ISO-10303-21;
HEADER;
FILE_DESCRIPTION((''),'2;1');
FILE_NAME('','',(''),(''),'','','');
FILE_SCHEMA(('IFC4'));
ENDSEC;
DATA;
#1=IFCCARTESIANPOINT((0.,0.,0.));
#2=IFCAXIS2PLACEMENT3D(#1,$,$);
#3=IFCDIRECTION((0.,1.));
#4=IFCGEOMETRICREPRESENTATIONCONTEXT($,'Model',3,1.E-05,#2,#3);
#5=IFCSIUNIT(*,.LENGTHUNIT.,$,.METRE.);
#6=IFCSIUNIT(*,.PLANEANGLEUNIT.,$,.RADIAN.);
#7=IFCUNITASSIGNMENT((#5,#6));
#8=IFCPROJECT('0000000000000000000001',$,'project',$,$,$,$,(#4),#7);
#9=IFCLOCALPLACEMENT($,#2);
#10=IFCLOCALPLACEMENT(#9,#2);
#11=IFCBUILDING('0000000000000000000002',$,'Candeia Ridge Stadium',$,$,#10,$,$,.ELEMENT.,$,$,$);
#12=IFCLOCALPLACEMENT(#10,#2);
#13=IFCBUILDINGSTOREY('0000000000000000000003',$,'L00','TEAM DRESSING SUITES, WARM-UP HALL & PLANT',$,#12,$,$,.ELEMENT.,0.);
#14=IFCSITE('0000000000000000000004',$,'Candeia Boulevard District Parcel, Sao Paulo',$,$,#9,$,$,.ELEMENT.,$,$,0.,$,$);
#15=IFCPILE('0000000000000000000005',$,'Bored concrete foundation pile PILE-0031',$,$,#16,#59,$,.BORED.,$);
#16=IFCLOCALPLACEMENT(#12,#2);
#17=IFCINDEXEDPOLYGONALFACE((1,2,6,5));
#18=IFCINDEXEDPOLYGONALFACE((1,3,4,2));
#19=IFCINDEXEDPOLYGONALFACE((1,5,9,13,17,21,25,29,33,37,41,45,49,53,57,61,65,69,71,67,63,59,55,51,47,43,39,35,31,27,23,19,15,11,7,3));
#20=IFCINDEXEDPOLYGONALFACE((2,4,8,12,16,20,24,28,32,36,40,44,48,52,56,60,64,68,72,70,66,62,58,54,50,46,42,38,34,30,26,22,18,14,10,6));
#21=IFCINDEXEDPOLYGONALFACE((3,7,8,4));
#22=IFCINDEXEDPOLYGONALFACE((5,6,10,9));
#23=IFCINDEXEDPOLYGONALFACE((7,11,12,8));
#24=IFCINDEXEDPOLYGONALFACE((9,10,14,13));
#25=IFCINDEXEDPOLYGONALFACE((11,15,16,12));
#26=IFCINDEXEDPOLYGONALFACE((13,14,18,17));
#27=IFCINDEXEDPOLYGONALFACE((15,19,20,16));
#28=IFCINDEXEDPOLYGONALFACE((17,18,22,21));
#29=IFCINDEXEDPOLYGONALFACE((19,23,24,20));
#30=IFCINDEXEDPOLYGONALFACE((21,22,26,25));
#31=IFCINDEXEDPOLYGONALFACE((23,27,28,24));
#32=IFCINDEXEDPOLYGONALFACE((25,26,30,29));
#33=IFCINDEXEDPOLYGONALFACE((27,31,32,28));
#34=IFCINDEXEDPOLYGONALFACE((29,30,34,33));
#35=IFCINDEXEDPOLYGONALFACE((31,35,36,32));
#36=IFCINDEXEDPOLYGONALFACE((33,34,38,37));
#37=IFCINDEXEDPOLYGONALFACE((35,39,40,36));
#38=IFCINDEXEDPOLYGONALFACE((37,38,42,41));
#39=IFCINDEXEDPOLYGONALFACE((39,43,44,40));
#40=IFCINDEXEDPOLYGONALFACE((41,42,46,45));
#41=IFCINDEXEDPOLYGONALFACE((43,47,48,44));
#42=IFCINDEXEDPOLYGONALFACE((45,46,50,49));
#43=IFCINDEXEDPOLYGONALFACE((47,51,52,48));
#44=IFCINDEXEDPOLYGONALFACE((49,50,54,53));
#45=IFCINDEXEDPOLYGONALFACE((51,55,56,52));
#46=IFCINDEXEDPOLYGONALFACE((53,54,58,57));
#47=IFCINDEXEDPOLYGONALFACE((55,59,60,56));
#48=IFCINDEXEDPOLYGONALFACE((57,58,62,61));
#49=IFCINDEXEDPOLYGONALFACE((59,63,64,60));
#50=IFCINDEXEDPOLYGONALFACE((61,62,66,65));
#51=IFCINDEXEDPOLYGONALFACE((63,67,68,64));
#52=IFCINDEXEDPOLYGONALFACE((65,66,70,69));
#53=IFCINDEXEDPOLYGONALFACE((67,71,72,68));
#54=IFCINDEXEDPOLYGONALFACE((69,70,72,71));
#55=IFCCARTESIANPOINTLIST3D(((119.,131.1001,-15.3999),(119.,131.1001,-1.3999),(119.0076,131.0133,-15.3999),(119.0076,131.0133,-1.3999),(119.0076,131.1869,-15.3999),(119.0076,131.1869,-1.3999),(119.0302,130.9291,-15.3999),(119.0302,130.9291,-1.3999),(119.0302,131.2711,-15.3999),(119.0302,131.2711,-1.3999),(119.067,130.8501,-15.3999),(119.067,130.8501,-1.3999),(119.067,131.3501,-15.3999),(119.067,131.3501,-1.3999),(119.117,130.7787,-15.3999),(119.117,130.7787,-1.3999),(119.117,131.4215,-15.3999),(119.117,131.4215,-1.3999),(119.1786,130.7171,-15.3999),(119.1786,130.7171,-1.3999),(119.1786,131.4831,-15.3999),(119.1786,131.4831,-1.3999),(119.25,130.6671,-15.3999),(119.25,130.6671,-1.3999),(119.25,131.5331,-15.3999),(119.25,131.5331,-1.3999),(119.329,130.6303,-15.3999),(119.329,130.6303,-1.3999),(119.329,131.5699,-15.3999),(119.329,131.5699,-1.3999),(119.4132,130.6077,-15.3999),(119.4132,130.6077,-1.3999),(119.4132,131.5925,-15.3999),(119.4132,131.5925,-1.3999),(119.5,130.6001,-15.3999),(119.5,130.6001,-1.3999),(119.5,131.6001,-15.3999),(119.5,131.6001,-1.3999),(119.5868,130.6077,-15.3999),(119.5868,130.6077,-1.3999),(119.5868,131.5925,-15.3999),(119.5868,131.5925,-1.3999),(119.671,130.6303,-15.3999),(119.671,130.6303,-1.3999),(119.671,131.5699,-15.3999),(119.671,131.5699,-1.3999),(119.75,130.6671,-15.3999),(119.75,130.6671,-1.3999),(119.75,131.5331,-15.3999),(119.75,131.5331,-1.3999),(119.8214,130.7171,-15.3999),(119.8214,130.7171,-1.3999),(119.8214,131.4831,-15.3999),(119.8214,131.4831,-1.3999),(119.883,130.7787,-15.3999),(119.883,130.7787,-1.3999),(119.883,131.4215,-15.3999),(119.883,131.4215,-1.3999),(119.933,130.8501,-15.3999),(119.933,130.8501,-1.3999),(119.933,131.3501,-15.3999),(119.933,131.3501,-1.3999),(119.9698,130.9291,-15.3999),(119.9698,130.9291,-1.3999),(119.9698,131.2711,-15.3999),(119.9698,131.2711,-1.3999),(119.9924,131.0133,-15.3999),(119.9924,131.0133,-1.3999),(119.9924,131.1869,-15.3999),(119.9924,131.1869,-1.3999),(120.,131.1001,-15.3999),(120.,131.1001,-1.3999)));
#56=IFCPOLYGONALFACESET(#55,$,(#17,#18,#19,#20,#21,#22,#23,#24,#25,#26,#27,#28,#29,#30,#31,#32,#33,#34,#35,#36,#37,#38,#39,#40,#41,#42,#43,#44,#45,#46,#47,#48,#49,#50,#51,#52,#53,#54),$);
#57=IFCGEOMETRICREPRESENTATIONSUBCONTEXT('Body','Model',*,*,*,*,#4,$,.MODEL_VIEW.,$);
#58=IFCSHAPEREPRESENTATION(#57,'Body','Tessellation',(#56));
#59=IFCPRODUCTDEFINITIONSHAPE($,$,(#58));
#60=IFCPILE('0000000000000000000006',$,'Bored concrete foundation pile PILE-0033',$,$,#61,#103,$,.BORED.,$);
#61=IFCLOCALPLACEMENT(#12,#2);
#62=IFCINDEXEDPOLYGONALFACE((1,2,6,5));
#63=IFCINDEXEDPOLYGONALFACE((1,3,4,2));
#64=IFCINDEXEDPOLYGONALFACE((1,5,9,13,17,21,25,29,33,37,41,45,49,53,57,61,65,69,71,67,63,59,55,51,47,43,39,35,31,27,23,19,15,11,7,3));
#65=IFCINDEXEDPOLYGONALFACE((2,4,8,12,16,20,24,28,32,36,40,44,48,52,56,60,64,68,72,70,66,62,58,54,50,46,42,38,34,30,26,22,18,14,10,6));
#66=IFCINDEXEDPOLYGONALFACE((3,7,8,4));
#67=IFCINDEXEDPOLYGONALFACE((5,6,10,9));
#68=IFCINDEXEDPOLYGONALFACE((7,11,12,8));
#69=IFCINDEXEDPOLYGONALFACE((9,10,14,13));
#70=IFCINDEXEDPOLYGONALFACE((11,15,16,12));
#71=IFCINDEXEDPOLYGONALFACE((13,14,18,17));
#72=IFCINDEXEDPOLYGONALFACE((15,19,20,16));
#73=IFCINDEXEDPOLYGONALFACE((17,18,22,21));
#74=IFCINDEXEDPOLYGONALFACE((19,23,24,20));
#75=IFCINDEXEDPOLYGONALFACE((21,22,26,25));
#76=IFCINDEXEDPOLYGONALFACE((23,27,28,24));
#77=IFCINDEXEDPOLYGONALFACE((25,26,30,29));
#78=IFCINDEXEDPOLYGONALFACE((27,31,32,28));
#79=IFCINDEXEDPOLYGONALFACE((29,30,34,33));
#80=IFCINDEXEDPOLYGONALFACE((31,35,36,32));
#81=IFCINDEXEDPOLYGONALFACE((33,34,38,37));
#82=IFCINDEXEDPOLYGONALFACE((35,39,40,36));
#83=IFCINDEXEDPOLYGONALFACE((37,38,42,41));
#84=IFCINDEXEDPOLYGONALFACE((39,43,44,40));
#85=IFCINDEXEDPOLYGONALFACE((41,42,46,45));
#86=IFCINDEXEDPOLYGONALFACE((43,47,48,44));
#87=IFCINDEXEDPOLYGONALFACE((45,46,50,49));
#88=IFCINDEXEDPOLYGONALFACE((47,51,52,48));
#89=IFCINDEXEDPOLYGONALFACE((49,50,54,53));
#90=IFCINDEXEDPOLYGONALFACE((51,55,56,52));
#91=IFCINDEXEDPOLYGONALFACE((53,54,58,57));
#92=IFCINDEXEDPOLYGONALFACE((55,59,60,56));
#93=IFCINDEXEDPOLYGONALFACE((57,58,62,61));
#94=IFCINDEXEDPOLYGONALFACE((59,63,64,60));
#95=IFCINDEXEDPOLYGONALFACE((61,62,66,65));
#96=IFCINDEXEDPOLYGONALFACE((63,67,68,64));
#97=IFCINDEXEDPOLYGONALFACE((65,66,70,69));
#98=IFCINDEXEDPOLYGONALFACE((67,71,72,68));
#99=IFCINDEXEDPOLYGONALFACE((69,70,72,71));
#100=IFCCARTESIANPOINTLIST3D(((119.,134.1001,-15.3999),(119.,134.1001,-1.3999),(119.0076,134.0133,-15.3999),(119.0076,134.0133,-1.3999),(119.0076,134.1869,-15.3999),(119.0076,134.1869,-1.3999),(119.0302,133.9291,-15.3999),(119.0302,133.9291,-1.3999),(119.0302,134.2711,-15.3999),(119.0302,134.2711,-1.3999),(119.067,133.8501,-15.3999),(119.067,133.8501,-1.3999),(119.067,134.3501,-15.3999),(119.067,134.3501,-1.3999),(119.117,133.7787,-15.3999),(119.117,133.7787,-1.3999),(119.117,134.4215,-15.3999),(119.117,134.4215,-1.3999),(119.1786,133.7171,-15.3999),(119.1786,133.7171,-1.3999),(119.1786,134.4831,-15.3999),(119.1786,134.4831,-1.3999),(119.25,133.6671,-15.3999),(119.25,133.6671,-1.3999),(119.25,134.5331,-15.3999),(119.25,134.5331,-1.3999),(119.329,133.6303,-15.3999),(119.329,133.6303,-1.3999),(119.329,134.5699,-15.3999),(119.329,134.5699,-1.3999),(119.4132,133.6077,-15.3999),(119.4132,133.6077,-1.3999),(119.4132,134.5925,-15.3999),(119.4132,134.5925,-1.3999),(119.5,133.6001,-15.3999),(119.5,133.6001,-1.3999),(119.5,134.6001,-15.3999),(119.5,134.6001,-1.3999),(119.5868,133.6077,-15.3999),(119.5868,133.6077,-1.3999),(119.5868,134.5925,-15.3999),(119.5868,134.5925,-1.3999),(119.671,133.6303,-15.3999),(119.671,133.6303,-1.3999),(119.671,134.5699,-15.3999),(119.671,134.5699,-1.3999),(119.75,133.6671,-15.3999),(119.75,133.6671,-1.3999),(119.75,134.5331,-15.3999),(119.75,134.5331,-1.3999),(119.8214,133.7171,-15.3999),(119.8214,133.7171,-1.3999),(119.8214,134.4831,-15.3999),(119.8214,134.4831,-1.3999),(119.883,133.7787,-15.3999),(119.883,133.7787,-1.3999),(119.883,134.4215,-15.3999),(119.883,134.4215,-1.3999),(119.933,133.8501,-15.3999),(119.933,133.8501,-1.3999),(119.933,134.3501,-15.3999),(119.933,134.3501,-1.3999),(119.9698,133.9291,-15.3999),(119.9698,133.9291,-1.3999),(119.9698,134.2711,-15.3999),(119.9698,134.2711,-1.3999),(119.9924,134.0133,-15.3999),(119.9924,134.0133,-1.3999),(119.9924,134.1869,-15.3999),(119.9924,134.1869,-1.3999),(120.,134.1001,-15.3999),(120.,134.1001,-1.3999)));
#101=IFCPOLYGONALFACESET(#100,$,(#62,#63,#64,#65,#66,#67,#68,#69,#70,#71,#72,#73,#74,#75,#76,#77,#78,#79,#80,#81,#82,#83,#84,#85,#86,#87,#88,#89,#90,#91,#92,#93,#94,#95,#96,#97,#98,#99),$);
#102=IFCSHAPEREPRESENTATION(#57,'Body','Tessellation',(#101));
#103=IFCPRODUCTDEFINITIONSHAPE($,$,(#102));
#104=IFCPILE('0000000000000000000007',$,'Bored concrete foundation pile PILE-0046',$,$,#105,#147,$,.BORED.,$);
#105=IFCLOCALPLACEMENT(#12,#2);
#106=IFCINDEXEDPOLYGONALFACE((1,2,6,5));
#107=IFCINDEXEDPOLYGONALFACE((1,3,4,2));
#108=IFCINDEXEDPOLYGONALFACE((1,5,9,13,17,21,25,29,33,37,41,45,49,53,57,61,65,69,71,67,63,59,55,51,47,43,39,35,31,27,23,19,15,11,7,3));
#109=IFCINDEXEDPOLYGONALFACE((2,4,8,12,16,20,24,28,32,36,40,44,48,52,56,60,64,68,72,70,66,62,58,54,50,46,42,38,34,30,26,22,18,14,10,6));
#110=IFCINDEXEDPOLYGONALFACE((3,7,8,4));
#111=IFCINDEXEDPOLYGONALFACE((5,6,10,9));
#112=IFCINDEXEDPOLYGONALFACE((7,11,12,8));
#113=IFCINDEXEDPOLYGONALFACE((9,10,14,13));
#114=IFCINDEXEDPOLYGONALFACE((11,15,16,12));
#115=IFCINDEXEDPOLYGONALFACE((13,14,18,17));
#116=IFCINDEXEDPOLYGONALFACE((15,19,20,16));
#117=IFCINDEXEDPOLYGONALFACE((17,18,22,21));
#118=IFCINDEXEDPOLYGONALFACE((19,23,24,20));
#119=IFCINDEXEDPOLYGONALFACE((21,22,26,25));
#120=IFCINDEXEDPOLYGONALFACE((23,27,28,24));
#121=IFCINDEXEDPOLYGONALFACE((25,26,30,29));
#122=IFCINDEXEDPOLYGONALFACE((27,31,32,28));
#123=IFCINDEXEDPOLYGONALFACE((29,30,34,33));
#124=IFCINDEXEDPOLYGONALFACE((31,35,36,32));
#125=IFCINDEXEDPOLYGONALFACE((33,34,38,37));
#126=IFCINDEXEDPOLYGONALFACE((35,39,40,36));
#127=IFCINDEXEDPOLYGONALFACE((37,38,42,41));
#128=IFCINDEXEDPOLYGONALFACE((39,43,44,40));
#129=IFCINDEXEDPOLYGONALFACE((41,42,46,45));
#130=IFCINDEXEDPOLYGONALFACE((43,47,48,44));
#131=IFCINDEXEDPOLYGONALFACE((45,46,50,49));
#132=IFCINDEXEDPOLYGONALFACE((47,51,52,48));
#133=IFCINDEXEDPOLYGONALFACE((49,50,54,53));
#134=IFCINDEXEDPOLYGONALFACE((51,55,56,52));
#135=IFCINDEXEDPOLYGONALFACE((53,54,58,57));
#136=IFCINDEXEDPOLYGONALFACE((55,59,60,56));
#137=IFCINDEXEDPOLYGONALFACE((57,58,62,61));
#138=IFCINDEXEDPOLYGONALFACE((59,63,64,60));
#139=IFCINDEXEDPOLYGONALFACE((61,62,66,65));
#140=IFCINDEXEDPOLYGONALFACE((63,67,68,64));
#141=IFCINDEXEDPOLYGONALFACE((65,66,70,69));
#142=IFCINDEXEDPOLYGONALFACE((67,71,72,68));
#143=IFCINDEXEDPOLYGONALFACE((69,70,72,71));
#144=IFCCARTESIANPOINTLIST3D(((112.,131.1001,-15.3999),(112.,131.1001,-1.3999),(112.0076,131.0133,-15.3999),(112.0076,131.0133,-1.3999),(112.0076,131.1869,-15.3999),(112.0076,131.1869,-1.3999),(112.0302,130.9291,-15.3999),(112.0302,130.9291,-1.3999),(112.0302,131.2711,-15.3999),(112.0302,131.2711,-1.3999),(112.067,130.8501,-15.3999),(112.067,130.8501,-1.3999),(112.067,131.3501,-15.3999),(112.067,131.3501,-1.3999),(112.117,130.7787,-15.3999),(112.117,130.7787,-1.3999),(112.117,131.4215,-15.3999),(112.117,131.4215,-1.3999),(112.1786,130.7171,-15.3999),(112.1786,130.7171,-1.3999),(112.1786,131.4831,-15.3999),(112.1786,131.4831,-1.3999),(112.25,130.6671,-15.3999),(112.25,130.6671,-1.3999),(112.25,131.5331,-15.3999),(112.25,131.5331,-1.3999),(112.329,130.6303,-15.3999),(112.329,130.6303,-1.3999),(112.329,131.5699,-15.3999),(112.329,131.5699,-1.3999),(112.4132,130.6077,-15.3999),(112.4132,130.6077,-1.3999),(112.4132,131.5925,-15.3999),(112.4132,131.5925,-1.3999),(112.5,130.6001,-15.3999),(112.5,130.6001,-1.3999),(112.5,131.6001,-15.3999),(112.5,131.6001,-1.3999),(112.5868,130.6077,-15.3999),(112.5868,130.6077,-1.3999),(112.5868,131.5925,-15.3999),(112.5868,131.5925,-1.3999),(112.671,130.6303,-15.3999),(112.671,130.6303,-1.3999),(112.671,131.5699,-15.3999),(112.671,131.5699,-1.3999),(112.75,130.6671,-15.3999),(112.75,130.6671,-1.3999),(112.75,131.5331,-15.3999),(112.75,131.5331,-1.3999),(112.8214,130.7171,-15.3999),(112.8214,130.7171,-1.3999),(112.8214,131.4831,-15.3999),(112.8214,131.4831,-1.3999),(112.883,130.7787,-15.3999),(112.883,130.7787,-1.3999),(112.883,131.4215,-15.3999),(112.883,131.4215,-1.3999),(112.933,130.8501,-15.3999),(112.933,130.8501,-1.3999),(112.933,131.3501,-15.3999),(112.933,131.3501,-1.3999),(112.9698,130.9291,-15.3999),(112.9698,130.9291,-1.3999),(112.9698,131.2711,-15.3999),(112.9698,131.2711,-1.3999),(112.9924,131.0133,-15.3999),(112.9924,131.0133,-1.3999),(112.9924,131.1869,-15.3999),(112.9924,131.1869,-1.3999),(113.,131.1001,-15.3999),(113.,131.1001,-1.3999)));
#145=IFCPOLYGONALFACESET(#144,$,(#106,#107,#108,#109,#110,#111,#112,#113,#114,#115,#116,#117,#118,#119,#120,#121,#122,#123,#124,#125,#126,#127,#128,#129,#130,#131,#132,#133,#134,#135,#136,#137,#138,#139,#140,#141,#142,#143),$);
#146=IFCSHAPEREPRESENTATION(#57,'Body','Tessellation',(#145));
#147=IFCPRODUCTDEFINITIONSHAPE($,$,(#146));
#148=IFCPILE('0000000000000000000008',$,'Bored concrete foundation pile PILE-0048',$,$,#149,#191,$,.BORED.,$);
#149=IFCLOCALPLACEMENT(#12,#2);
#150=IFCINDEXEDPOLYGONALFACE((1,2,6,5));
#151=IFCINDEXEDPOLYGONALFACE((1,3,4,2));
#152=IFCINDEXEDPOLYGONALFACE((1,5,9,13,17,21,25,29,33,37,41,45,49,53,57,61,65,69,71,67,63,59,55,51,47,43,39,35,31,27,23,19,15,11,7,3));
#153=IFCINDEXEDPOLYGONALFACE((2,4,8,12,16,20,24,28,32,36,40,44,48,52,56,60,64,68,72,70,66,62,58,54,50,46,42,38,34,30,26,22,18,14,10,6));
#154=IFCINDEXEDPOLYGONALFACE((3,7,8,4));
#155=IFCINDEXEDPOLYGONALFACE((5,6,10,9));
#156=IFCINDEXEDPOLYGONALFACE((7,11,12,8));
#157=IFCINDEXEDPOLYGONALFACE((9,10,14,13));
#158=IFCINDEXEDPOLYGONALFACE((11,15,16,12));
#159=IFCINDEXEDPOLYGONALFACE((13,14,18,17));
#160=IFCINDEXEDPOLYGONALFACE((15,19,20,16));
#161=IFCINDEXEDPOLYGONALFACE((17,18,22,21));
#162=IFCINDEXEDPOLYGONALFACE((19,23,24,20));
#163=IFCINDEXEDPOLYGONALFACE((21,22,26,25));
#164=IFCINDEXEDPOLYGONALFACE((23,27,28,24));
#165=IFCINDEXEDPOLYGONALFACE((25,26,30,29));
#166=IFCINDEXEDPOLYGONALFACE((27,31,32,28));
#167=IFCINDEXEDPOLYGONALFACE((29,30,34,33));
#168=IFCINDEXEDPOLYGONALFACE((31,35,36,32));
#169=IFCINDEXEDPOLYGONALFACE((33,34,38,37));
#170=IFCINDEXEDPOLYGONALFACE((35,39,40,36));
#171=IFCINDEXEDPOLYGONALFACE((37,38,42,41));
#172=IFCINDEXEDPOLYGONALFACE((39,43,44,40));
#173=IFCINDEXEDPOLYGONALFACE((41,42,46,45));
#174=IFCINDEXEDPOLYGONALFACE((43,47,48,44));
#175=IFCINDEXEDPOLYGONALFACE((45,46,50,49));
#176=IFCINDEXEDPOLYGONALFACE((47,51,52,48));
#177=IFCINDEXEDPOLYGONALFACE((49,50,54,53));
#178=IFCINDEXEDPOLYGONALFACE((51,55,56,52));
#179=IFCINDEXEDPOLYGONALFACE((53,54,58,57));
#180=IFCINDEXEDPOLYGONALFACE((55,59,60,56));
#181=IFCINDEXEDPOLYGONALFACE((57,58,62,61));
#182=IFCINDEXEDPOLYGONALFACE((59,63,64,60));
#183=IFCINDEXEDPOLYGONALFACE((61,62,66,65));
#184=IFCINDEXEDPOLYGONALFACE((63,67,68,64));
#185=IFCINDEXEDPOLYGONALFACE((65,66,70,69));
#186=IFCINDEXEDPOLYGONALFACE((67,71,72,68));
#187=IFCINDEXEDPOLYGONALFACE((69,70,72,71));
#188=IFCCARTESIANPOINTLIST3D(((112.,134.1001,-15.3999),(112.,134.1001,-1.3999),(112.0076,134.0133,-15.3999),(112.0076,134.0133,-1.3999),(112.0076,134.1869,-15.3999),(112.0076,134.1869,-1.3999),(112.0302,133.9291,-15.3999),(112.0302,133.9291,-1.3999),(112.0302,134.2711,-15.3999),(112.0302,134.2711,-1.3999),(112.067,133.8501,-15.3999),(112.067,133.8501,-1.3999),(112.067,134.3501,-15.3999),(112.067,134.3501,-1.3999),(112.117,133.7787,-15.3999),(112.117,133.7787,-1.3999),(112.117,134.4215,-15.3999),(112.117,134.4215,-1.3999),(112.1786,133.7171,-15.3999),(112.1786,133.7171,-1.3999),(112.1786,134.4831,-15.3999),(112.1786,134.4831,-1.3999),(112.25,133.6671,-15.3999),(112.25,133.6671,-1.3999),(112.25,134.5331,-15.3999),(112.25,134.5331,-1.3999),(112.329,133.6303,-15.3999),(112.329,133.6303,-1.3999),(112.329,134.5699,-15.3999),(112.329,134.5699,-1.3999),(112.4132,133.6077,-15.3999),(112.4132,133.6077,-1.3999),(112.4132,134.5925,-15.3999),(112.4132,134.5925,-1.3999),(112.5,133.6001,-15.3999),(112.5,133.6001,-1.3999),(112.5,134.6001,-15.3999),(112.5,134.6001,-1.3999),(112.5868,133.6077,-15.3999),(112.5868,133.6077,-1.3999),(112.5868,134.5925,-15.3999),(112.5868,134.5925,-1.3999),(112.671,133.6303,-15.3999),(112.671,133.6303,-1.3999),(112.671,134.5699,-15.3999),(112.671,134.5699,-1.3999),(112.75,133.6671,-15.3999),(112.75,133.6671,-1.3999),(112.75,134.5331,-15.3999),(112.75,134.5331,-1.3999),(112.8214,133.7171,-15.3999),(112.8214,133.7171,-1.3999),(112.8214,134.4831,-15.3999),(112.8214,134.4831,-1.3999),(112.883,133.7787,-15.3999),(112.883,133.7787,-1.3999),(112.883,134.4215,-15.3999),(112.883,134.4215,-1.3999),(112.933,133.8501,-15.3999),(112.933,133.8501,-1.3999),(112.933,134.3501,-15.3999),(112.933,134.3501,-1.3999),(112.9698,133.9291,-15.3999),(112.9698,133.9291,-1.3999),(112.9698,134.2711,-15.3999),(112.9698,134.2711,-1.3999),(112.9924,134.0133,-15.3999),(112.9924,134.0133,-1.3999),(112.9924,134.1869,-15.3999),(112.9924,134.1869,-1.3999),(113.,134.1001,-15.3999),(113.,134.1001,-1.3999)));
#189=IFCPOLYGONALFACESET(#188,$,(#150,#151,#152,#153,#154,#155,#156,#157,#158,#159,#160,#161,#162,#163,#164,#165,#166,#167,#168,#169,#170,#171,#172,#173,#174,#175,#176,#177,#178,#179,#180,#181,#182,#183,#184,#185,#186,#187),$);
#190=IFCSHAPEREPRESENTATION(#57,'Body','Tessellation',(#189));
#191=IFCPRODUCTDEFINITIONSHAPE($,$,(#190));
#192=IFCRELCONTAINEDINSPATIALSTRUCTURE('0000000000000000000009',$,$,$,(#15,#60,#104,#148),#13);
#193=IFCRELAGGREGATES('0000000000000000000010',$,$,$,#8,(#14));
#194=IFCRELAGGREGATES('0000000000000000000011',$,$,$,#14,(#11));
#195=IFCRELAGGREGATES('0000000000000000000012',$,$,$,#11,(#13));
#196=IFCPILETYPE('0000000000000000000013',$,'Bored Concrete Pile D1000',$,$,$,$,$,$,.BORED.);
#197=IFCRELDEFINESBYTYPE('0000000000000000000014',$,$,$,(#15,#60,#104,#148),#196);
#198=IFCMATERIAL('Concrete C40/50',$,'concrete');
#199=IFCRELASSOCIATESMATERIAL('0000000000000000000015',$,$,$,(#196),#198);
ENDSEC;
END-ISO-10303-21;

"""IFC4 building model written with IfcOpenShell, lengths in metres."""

from ifc_helpers import new_model, si_unit, direction, frame, origin, origin_2d, place, context, subcontext, project, spatial, circle, extrude, material, material_profile, profile_set, type_object, element, save


model = new_model("IFC4")

# Units and contexts
model_context = context("Model", 3, precision=1e-05, world=origin(), true_north=direction((0.0, 1.0)))
body_context = subcontext(model_context, "Body", "Model", "MODEL_VIEW")
ifc_project = project(units=[si_unit("LENGTHUNIT", "METRE"), si_unit("PLANEANGLEUNIT", "RADIAN")], contexts=[model_context])

# Site, building, storey
site_placement = place(None, origin())
site = spatial("IfcSite", under=ifc_project, at=site_placement, Name="Candeia Boulevard District Parcel, Sao Paulo", CompositionType="ELEMENT", RefElevation=0.0)
building_placement = place(site_placement, origin())
building = spatial("IfcBuilding", under=site, at=building_placement, Name="Candeia Ridge Stadium", CompositionType="ELEMENT")
storey_placement = place(building_placement, origin())
storey = spatial("IfcBuildingStorey", under=building, at=storey_placement, Name="L00", Description="TEAM DRESSING SUITES, WARM-UP HALL & PLANT", CompositionType="ELEMENT", Elevation=0.0)

# Piles
ifc_material_1 = material(Name="Concrete C40/50", Category="concrete")
ifc_material_profile_1 = material_profile(ifc_material_1, circle(Radius=0.5, at=origin_2d()), Name="PILE-D1000", Category="concrete")
ifc_profile_set_1 = profile_set([ifc_material_profile_1], Name="Concrete C40/50")
pile_type_1 = type_object("IfcPileType", Name="Bored Concrete Pile D1000", PredefinedType="BORED", material=ifc_profile_set_1)
for number, where, z_axis, x_axis, name in (
    (1, (119.5, 131.1001, -1.3999), (0.0, 0.0, -1.0), (1.0, 0.0, 0.0), "Bored concrete foundation pile PILE-0031"),
    (2, (119.5, 134.1001, -1.3999), (0.0, 0.0, -1.0), (1.0, 0.0, 0.0), "Bored concrete foundation pile PILE-0033"),
    (3, (112.5, 131.1001, -1.3999), (0.0, 0.0, -1.0), (1.0, 0.0, 0.0), "Bored concrete foundation pile PILE-0046"),
    (4, (112.5, 134.1001, -1.3999), (0.0, 0.0, -1.0), (1.0, 0.0, 0.0), "Bored concrete foundation pile PILE-0048"),
):
    element("IfcPile", number, at=place(storey_placement, frame(where, z_axis=z_axis, x_axis=x_axis)), inside=storey, type_object=pile_type_1, Name=name, PredefinedType="BORED", context=body_context, shape_type="SweptSolid", body=[
        extrude(circle(Radius=0.5, at=origin_2d()), origin(), (0.0, 0.0, 1.0), 14.0),
    ])

save(model, "model.ifc")
